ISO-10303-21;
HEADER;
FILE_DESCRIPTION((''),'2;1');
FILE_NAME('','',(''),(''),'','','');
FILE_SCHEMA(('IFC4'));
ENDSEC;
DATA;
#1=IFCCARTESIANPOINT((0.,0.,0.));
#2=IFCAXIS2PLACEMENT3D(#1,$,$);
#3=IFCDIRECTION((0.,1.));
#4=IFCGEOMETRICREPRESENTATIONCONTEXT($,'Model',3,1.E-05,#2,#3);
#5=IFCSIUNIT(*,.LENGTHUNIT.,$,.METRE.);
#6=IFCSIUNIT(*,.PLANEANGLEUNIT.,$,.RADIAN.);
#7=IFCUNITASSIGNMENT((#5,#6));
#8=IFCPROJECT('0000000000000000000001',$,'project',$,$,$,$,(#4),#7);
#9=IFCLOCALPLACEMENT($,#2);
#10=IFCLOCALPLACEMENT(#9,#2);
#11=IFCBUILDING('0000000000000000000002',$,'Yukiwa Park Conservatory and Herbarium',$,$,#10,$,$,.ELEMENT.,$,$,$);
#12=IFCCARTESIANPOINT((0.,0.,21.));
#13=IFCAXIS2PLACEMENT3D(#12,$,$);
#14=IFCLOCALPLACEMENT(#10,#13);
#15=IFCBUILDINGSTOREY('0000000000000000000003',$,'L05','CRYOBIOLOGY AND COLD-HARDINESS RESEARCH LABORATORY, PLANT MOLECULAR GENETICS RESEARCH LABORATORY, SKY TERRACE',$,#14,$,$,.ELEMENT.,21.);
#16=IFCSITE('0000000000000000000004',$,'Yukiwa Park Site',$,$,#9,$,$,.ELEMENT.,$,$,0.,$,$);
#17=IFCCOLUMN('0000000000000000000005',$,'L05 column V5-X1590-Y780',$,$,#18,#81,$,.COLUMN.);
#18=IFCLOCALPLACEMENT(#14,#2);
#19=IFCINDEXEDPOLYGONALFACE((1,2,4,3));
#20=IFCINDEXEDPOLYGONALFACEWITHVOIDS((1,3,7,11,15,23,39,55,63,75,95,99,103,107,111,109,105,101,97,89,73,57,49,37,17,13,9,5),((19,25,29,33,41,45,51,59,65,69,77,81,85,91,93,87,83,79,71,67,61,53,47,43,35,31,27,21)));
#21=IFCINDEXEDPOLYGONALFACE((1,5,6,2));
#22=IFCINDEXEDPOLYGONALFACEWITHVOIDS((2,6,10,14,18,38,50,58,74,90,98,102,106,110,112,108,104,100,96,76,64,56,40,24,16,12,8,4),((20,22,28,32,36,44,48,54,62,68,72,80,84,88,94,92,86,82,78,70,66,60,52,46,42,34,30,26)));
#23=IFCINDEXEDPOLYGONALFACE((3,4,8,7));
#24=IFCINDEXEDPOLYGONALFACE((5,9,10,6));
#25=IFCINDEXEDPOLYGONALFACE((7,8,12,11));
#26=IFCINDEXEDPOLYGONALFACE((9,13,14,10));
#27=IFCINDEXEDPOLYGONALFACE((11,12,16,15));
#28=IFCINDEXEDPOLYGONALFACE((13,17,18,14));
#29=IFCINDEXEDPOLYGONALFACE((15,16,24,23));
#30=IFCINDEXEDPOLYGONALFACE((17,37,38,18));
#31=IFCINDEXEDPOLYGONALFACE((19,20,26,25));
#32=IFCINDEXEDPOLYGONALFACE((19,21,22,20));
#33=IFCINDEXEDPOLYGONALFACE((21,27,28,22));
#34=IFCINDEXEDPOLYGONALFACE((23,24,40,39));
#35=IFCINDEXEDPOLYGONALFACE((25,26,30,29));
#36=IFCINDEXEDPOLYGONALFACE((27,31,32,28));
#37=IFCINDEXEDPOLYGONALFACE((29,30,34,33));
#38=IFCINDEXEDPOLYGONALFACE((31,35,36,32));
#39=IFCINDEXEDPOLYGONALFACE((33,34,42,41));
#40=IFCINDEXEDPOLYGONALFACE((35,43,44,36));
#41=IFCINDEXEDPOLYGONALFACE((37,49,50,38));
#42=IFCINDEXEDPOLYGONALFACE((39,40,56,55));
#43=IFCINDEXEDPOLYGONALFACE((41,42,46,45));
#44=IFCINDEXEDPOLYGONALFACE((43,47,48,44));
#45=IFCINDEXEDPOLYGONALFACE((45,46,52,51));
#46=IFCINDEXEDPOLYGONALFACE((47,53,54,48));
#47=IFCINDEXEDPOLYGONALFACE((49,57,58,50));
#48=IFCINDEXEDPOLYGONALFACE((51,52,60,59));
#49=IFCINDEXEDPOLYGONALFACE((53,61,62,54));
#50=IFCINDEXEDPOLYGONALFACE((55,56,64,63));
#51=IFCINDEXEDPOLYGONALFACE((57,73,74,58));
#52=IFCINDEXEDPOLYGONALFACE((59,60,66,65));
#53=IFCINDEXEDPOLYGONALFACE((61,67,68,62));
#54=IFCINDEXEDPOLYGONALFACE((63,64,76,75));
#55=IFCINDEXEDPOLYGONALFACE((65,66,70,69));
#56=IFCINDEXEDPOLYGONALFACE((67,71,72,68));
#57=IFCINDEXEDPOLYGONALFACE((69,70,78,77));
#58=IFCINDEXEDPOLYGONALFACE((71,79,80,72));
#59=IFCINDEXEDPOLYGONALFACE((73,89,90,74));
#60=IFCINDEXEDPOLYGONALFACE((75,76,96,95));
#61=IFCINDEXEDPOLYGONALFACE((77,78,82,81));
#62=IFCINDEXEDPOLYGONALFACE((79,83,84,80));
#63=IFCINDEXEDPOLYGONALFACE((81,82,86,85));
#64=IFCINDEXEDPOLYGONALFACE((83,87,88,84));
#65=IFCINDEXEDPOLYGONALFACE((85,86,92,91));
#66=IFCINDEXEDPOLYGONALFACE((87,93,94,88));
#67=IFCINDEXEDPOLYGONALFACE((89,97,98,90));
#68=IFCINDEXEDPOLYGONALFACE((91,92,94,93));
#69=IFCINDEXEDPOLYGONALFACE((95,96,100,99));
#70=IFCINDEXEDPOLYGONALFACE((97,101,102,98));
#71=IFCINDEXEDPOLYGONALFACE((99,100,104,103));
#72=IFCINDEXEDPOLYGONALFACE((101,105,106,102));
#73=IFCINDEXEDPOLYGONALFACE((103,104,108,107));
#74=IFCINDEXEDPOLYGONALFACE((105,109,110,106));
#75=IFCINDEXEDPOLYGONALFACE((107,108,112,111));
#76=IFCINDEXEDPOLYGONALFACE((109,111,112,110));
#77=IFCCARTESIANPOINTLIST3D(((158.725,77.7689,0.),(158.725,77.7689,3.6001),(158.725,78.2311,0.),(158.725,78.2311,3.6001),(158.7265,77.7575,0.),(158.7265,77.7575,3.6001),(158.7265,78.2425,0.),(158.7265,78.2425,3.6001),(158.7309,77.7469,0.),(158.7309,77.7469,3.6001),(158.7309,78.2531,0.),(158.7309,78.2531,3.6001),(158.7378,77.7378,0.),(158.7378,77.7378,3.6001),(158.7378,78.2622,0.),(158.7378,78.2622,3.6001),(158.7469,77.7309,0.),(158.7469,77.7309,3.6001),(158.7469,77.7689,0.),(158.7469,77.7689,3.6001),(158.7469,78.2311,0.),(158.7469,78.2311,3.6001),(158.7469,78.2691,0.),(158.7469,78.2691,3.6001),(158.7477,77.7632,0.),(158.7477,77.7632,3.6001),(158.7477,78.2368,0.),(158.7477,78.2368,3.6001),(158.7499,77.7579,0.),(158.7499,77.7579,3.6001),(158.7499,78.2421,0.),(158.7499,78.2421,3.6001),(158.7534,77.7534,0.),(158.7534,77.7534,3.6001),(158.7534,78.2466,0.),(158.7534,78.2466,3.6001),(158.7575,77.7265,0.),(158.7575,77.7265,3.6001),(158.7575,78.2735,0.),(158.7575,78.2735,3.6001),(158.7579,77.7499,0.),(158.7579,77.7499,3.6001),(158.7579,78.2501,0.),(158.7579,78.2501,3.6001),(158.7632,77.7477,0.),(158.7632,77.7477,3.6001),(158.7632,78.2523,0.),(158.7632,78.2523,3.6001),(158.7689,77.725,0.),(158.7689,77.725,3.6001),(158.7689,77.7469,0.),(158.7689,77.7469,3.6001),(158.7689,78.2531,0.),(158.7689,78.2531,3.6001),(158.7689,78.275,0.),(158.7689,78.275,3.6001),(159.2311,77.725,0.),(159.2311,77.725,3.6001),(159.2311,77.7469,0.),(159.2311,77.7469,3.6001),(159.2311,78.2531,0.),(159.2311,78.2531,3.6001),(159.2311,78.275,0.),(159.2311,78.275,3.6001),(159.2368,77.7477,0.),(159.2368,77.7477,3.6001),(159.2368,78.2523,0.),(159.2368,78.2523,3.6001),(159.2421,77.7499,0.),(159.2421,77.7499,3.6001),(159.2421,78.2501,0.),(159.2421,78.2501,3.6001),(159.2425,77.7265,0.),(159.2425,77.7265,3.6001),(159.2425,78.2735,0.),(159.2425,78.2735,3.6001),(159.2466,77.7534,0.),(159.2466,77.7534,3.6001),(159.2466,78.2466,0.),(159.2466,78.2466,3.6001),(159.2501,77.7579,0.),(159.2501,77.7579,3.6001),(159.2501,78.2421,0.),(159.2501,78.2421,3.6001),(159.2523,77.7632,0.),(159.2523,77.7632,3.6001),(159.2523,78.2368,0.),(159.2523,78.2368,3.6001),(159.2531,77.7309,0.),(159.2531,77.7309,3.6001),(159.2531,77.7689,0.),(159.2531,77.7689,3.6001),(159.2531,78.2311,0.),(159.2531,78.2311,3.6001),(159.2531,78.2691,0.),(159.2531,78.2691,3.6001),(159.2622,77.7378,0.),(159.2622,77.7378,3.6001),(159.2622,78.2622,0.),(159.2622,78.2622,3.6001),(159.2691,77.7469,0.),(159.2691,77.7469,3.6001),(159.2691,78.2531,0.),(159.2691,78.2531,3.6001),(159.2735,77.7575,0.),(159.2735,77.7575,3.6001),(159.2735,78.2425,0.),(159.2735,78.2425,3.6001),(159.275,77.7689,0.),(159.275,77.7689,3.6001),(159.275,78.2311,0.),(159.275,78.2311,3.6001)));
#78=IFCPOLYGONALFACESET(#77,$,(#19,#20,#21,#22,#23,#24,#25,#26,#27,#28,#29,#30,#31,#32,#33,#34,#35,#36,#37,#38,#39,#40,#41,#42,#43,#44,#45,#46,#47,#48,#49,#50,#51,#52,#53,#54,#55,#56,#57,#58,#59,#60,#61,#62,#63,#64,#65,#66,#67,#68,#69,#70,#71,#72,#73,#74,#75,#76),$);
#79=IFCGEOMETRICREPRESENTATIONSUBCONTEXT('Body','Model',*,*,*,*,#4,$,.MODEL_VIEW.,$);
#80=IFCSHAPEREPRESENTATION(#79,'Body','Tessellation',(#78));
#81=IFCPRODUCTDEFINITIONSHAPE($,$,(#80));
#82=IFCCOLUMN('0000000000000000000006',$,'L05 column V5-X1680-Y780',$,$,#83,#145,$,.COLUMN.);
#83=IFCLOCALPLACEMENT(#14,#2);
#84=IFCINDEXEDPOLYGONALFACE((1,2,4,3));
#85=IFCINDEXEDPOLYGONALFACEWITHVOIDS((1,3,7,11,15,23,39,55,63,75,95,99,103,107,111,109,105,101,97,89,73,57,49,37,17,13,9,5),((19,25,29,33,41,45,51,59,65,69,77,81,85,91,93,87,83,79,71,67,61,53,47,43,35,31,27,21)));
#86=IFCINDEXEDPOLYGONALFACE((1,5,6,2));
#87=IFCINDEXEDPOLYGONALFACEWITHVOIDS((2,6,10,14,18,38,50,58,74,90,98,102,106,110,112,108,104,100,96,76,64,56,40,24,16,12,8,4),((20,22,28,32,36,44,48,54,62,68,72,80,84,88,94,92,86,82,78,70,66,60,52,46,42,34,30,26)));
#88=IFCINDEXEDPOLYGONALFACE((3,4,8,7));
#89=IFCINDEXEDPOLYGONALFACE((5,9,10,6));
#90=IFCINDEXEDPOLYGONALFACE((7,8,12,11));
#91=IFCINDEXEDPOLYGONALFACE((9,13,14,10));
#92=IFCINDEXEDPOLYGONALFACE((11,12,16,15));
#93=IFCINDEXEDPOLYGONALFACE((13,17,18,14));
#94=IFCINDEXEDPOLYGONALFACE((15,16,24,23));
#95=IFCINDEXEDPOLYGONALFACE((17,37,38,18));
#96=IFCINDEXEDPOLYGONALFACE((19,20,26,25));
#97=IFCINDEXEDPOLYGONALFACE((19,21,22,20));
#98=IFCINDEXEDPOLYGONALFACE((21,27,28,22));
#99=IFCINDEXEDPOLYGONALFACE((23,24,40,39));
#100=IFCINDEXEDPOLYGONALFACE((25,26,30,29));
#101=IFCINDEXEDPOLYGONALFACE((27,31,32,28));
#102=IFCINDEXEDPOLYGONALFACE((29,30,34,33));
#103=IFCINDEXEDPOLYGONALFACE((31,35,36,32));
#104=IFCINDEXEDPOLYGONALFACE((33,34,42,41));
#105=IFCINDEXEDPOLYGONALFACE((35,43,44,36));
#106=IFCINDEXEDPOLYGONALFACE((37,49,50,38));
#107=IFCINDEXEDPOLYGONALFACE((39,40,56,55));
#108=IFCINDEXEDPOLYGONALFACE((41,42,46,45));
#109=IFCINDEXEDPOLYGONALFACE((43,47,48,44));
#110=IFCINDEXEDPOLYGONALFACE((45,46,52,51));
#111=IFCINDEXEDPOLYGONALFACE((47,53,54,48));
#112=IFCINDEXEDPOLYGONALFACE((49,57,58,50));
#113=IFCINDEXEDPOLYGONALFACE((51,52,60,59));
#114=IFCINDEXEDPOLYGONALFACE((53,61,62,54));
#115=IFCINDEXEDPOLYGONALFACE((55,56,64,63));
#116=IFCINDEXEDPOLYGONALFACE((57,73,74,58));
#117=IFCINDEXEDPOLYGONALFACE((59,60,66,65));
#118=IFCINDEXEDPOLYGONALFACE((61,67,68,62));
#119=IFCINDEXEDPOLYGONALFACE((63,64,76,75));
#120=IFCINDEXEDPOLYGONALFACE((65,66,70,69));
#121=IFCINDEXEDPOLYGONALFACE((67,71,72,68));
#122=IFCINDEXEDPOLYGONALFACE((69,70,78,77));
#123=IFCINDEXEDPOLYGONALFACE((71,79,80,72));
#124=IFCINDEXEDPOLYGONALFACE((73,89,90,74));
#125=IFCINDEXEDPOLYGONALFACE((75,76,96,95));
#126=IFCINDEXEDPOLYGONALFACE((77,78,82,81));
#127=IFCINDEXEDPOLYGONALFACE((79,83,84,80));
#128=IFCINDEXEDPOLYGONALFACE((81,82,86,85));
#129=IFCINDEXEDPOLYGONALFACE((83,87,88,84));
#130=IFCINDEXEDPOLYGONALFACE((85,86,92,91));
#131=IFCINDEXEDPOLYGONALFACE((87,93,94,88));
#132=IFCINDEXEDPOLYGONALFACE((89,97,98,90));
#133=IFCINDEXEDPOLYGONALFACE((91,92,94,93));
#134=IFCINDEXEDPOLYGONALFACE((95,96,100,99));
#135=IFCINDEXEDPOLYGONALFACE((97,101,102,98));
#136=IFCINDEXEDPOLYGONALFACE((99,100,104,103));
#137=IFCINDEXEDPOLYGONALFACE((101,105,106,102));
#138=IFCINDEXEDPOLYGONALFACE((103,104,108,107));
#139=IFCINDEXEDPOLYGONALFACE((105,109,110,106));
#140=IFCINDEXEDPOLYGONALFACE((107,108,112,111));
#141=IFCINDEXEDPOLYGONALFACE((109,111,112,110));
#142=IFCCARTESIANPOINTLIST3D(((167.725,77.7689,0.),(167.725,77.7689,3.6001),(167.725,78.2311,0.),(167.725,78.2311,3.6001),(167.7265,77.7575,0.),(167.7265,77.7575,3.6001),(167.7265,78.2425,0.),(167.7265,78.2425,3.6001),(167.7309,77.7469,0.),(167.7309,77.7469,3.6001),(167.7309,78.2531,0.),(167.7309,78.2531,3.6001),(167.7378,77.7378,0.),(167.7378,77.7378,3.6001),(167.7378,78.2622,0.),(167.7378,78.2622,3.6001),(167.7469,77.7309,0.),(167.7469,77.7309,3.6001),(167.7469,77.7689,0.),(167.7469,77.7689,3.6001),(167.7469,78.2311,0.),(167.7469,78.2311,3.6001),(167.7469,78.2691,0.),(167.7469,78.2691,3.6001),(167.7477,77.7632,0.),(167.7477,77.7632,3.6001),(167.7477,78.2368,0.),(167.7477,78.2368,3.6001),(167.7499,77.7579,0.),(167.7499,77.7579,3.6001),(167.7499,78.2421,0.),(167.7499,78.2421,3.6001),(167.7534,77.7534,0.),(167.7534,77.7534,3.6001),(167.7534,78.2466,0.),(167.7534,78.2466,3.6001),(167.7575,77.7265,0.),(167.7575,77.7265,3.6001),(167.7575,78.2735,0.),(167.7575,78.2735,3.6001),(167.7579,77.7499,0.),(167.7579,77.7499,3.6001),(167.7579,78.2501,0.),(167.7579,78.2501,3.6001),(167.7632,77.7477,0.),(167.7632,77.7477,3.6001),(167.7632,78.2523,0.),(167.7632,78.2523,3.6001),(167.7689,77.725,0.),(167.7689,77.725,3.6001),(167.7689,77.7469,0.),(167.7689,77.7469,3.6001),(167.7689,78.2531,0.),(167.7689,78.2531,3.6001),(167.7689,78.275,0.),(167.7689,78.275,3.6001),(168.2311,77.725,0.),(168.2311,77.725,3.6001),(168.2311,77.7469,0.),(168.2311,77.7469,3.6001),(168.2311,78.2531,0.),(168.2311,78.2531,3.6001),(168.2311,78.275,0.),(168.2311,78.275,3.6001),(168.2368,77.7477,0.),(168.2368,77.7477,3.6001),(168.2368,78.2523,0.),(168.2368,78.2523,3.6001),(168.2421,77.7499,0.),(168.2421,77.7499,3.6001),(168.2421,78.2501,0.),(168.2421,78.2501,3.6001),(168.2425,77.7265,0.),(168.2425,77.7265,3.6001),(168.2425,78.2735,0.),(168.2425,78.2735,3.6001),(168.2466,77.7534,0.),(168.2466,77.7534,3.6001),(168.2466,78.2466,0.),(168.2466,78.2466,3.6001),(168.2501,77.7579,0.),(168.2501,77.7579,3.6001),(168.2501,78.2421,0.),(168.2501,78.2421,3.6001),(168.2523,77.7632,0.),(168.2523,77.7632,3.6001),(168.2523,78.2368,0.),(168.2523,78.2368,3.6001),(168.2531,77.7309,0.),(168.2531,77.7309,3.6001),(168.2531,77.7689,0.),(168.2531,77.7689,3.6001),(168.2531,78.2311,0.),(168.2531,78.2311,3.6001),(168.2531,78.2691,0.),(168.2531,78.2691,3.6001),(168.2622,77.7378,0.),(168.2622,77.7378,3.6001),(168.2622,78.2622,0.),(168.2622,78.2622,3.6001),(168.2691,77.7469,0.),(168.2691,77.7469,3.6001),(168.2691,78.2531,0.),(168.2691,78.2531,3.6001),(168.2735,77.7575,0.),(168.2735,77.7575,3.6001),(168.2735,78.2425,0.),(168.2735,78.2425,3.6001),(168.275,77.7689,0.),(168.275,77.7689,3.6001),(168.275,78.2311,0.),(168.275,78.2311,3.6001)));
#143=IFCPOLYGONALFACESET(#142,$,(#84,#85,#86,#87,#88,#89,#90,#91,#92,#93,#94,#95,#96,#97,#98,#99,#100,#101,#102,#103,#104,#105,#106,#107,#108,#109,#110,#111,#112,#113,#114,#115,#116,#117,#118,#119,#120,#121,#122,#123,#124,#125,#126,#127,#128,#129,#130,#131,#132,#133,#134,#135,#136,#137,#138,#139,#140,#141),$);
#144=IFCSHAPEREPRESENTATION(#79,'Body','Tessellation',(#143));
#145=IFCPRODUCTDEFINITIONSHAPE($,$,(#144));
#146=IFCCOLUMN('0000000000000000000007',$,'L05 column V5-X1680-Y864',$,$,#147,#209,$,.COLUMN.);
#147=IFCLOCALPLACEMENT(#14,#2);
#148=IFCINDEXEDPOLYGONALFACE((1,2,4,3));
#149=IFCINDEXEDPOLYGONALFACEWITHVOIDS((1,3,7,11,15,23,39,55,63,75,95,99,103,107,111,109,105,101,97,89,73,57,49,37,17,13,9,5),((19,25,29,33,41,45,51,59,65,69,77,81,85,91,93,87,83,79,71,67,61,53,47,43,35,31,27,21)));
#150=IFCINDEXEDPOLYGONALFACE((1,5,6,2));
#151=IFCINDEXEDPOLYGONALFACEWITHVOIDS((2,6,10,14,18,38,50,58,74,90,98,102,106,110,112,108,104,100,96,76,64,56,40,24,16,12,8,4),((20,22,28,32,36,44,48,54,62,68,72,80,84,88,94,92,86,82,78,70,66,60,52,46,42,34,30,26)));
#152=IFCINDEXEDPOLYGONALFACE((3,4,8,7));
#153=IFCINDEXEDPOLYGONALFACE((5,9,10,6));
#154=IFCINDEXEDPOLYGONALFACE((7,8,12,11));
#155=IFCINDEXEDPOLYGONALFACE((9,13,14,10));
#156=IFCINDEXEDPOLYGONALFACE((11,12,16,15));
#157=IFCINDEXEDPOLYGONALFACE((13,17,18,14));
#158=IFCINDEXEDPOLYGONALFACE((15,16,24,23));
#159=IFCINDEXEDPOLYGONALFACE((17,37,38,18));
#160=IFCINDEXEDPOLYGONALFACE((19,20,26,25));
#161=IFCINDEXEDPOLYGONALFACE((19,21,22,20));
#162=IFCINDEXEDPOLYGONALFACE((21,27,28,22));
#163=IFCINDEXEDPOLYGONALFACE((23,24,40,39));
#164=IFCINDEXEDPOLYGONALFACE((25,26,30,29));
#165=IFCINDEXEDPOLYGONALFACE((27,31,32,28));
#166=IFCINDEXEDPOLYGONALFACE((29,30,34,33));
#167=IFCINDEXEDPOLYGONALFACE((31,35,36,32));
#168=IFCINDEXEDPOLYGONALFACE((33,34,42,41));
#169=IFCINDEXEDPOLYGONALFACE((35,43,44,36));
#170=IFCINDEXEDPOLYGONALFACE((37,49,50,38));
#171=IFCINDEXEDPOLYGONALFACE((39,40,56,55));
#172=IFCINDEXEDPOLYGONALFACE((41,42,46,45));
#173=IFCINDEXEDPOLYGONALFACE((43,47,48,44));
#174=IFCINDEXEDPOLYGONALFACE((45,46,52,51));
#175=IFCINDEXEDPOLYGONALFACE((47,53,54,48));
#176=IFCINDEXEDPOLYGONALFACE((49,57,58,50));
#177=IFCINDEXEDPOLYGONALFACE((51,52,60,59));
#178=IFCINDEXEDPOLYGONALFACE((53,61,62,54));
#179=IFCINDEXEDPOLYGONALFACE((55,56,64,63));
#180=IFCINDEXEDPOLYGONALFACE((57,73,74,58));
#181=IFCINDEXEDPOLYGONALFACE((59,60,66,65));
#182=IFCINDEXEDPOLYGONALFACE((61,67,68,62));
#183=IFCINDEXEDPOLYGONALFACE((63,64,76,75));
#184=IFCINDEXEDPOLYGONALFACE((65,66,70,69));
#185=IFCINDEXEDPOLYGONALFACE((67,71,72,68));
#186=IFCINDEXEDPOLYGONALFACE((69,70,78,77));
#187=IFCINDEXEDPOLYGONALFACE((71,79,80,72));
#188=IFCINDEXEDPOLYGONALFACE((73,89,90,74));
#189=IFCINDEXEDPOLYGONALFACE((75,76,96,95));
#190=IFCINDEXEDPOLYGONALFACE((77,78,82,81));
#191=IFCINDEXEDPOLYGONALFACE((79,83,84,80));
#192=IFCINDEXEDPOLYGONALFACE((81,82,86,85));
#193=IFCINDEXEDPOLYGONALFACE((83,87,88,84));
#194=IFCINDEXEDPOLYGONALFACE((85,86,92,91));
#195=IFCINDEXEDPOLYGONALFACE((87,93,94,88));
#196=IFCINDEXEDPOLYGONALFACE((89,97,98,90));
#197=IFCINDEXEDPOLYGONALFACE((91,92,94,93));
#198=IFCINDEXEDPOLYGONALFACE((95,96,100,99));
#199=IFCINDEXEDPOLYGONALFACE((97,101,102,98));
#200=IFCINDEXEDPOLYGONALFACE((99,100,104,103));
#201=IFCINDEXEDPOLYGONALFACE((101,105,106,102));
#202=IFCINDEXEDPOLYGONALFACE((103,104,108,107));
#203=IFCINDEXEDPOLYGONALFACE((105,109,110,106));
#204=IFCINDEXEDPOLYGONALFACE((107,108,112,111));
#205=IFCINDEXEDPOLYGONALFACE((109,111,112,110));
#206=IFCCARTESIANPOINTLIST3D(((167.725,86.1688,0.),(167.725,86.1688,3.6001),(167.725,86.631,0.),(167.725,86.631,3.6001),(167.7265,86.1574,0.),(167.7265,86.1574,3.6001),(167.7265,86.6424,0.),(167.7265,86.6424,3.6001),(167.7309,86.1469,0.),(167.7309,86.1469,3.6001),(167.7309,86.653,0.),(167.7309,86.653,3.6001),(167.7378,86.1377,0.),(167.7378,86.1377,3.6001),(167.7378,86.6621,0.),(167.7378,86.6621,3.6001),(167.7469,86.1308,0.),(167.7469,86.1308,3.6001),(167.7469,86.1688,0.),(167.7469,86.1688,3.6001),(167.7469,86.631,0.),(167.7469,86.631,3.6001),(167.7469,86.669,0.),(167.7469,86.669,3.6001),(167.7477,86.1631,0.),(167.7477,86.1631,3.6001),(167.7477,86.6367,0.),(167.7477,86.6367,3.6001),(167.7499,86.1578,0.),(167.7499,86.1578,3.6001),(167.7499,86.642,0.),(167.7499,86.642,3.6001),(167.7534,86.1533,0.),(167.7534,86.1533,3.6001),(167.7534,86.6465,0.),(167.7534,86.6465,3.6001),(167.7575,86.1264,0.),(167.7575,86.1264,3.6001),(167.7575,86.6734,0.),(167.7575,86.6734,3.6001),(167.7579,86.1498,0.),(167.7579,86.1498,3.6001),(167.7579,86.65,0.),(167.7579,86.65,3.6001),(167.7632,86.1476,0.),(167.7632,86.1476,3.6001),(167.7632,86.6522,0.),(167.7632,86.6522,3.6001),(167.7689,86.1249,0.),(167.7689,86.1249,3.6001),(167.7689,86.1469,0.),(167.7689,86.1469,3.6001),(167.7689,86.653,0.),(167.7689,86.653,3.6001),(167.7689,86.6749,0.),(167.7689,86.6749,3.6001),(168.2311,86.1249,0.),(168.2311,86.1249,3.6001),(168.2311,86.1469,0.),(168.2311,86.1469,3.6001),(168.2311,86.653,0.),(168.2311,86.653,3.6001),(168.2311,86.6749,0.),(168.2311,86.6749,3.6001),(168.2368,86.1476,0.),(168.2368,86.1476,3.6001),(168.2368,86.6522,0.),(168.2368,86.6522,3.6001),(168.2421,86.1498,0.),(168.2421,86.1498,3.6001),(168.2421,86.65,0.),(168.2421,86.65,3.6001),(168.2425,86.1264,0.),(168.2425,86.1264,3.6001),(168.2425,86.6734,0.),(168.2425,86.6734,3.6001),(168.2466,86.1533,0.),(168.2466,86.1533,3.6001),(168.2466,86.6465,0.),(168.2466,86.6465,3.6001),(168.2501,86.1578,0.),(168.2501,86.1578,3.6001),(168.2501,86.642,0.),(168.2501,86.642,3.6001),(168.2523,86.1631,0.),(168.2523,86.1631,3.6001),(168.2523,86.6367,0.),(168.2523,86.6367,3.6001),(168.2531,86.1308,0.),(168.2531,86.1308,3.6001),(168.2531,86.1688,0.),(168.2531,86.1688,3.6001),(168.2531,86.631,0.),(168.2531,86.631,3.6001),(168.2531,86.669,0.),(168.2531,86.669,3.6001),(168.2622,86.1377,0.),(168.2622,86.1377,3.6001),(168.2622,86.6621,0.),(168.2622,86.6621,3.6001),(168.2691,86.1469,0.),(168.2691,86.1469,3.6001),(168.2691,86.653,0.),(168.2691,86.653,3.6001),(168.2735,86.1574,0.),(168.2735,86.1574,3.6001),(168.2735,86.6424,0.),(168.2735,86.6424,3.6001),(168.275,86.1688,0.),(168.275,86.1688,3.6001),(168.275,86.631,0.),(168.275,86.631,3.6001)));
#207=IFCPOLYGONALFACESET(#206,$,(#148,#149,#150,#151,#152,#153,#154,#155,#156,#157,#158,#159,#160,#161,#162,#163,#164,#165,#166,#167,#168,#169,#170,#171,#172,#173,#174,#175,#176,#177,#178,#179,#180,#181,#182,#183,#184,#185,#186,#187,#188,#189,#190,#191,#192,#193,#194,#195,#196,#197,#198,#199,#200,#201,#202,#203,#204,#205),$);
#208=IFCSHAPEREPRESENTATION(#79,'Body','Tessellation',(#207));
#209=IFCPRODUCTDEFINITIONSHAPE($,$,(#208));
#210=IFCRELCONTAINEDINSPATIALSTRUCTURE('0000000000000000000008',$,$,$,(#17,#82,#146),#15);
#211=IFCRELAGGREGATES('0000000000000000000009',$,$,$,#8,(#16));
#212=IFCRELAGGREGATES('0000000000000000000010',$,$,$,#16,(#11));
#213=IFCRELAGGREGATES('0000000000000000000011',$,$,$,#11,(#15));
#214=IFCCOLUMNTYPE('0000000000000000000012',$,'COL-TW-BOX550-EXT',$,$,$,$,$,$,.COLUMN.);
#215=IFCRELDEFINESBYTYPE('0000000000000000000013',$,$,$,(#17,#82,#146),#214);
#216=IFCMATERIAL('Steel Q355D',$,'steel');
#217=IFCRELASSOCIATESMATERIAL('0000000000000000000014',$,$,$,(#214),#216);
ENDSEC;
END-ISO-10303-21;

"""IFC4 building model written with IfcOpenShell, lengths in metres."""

from ifc_helpers import new_model, si_unit, direction, frame, origin, origin_2d, place, context, subcontext, project, spatial, hollow_rectangle, extrude, material, material_profile, profile_set, type_object, element, save


model = new_model("IFC4")

# Units and contexts
model_context = context("Model", 3, precision=1e-05, world=origin(), true_north=direction((0.0, 1.0)))
body_context = subcontext(model_context, "Body", "Model", "MODEL_VIEW")
ifc_project = project(units=[si_unit("LENGTHUNIT", "METRE"), si_unit("PLANEANGLEUNIT", "RADIAN")], contexts=[model_context])

# Site, building, storey
site_placement = place(None, origin())
site = spatial("IfcSite", under=ifc_project, at=site_placement, Name="Yukiwa Park Site", CompositionType="ELEMENT", RefElevation=0.0)
building_placement = place(site_placement, origin())
building = spatial("IfcBuilding", under=site, at=building_placement, Name="Yukiwa Park Conservatory and Herbarium", CompositionType="ELEMENT")
storey_placement = place(building_placement, frame((0.0, 0.0, 21.0)))
storey = spatial("IfcBuildingStorey", under=building, at=storey_placement, Name="L05", Description="CRYOBIOLOGY AND COLD-HARDINESS RESEARCH LABORATORY, PLANT MOLECULAR GENETICS RESEARCH LABORATORY, SKY TERRACE", CompositionType="ELEMENT", Elevation=21.0)

# Columns
ifc_material_1 = material(Name="Steel Q355D", Category="steel")
ifc_material_profile_1 = material_profile(ifc_material_1, hollow_rectangle(XDim=0.55, YDim=0.55, WallThickness=0.022, InnerFilletRadius=0.022, OuterFilletRadius=0.0439, at=origin_2d()), Name="BOX 550x550x22")
ifc_profile_set_1 = profile_set([ifc_material_profile_1], Name="Steel Q355D")
column_type_1 = type_object("IfcColumnType", Name="COL-TW-BOX550-EXT", PredefinedType="COLUMN", material=ifc_profile_set_1)
for number, where, z_axis, x_axis, name in (
    (1, (159.0, 78.0, 0.0), (0.0, 0.0, 1.0), (1.0, 0.0, 0.0), "L05 column V5-X1590-Y780"),
    (2, (168.0, 78.0, 0.0), (0.0, 0.0, 1.0), (1.0, 0.0, 0.0), "L05 column V5-X1680-Y780"),
    (3, (168.0, 86.3999, 0.0), (0.0, 0.0, 1.0), (1.0, 0.0, 0.0), "L05 column V5-X1680-Y864"),
):
    element("IfcColumn", number, at=place(storey_placement, frame(where, z_axis=z_axis, x_axis=x_axis)), inside=storey, type_object=column_type_1, Name=name, PredefinedType="COLUMN", context=body_context, shape_type="SweptSolid", body=[
        extrude(hollow_rectangle(XDim=0.55, YDim=0.55, WallThickness=0.022, InnerFilletRadius=0.022, OuterFilletRadius=0.0439, at=origin_2d()), origin(), (0.0, 0.0, 1.0), 3.6001),
    ])

save(model, "model.ifc")
